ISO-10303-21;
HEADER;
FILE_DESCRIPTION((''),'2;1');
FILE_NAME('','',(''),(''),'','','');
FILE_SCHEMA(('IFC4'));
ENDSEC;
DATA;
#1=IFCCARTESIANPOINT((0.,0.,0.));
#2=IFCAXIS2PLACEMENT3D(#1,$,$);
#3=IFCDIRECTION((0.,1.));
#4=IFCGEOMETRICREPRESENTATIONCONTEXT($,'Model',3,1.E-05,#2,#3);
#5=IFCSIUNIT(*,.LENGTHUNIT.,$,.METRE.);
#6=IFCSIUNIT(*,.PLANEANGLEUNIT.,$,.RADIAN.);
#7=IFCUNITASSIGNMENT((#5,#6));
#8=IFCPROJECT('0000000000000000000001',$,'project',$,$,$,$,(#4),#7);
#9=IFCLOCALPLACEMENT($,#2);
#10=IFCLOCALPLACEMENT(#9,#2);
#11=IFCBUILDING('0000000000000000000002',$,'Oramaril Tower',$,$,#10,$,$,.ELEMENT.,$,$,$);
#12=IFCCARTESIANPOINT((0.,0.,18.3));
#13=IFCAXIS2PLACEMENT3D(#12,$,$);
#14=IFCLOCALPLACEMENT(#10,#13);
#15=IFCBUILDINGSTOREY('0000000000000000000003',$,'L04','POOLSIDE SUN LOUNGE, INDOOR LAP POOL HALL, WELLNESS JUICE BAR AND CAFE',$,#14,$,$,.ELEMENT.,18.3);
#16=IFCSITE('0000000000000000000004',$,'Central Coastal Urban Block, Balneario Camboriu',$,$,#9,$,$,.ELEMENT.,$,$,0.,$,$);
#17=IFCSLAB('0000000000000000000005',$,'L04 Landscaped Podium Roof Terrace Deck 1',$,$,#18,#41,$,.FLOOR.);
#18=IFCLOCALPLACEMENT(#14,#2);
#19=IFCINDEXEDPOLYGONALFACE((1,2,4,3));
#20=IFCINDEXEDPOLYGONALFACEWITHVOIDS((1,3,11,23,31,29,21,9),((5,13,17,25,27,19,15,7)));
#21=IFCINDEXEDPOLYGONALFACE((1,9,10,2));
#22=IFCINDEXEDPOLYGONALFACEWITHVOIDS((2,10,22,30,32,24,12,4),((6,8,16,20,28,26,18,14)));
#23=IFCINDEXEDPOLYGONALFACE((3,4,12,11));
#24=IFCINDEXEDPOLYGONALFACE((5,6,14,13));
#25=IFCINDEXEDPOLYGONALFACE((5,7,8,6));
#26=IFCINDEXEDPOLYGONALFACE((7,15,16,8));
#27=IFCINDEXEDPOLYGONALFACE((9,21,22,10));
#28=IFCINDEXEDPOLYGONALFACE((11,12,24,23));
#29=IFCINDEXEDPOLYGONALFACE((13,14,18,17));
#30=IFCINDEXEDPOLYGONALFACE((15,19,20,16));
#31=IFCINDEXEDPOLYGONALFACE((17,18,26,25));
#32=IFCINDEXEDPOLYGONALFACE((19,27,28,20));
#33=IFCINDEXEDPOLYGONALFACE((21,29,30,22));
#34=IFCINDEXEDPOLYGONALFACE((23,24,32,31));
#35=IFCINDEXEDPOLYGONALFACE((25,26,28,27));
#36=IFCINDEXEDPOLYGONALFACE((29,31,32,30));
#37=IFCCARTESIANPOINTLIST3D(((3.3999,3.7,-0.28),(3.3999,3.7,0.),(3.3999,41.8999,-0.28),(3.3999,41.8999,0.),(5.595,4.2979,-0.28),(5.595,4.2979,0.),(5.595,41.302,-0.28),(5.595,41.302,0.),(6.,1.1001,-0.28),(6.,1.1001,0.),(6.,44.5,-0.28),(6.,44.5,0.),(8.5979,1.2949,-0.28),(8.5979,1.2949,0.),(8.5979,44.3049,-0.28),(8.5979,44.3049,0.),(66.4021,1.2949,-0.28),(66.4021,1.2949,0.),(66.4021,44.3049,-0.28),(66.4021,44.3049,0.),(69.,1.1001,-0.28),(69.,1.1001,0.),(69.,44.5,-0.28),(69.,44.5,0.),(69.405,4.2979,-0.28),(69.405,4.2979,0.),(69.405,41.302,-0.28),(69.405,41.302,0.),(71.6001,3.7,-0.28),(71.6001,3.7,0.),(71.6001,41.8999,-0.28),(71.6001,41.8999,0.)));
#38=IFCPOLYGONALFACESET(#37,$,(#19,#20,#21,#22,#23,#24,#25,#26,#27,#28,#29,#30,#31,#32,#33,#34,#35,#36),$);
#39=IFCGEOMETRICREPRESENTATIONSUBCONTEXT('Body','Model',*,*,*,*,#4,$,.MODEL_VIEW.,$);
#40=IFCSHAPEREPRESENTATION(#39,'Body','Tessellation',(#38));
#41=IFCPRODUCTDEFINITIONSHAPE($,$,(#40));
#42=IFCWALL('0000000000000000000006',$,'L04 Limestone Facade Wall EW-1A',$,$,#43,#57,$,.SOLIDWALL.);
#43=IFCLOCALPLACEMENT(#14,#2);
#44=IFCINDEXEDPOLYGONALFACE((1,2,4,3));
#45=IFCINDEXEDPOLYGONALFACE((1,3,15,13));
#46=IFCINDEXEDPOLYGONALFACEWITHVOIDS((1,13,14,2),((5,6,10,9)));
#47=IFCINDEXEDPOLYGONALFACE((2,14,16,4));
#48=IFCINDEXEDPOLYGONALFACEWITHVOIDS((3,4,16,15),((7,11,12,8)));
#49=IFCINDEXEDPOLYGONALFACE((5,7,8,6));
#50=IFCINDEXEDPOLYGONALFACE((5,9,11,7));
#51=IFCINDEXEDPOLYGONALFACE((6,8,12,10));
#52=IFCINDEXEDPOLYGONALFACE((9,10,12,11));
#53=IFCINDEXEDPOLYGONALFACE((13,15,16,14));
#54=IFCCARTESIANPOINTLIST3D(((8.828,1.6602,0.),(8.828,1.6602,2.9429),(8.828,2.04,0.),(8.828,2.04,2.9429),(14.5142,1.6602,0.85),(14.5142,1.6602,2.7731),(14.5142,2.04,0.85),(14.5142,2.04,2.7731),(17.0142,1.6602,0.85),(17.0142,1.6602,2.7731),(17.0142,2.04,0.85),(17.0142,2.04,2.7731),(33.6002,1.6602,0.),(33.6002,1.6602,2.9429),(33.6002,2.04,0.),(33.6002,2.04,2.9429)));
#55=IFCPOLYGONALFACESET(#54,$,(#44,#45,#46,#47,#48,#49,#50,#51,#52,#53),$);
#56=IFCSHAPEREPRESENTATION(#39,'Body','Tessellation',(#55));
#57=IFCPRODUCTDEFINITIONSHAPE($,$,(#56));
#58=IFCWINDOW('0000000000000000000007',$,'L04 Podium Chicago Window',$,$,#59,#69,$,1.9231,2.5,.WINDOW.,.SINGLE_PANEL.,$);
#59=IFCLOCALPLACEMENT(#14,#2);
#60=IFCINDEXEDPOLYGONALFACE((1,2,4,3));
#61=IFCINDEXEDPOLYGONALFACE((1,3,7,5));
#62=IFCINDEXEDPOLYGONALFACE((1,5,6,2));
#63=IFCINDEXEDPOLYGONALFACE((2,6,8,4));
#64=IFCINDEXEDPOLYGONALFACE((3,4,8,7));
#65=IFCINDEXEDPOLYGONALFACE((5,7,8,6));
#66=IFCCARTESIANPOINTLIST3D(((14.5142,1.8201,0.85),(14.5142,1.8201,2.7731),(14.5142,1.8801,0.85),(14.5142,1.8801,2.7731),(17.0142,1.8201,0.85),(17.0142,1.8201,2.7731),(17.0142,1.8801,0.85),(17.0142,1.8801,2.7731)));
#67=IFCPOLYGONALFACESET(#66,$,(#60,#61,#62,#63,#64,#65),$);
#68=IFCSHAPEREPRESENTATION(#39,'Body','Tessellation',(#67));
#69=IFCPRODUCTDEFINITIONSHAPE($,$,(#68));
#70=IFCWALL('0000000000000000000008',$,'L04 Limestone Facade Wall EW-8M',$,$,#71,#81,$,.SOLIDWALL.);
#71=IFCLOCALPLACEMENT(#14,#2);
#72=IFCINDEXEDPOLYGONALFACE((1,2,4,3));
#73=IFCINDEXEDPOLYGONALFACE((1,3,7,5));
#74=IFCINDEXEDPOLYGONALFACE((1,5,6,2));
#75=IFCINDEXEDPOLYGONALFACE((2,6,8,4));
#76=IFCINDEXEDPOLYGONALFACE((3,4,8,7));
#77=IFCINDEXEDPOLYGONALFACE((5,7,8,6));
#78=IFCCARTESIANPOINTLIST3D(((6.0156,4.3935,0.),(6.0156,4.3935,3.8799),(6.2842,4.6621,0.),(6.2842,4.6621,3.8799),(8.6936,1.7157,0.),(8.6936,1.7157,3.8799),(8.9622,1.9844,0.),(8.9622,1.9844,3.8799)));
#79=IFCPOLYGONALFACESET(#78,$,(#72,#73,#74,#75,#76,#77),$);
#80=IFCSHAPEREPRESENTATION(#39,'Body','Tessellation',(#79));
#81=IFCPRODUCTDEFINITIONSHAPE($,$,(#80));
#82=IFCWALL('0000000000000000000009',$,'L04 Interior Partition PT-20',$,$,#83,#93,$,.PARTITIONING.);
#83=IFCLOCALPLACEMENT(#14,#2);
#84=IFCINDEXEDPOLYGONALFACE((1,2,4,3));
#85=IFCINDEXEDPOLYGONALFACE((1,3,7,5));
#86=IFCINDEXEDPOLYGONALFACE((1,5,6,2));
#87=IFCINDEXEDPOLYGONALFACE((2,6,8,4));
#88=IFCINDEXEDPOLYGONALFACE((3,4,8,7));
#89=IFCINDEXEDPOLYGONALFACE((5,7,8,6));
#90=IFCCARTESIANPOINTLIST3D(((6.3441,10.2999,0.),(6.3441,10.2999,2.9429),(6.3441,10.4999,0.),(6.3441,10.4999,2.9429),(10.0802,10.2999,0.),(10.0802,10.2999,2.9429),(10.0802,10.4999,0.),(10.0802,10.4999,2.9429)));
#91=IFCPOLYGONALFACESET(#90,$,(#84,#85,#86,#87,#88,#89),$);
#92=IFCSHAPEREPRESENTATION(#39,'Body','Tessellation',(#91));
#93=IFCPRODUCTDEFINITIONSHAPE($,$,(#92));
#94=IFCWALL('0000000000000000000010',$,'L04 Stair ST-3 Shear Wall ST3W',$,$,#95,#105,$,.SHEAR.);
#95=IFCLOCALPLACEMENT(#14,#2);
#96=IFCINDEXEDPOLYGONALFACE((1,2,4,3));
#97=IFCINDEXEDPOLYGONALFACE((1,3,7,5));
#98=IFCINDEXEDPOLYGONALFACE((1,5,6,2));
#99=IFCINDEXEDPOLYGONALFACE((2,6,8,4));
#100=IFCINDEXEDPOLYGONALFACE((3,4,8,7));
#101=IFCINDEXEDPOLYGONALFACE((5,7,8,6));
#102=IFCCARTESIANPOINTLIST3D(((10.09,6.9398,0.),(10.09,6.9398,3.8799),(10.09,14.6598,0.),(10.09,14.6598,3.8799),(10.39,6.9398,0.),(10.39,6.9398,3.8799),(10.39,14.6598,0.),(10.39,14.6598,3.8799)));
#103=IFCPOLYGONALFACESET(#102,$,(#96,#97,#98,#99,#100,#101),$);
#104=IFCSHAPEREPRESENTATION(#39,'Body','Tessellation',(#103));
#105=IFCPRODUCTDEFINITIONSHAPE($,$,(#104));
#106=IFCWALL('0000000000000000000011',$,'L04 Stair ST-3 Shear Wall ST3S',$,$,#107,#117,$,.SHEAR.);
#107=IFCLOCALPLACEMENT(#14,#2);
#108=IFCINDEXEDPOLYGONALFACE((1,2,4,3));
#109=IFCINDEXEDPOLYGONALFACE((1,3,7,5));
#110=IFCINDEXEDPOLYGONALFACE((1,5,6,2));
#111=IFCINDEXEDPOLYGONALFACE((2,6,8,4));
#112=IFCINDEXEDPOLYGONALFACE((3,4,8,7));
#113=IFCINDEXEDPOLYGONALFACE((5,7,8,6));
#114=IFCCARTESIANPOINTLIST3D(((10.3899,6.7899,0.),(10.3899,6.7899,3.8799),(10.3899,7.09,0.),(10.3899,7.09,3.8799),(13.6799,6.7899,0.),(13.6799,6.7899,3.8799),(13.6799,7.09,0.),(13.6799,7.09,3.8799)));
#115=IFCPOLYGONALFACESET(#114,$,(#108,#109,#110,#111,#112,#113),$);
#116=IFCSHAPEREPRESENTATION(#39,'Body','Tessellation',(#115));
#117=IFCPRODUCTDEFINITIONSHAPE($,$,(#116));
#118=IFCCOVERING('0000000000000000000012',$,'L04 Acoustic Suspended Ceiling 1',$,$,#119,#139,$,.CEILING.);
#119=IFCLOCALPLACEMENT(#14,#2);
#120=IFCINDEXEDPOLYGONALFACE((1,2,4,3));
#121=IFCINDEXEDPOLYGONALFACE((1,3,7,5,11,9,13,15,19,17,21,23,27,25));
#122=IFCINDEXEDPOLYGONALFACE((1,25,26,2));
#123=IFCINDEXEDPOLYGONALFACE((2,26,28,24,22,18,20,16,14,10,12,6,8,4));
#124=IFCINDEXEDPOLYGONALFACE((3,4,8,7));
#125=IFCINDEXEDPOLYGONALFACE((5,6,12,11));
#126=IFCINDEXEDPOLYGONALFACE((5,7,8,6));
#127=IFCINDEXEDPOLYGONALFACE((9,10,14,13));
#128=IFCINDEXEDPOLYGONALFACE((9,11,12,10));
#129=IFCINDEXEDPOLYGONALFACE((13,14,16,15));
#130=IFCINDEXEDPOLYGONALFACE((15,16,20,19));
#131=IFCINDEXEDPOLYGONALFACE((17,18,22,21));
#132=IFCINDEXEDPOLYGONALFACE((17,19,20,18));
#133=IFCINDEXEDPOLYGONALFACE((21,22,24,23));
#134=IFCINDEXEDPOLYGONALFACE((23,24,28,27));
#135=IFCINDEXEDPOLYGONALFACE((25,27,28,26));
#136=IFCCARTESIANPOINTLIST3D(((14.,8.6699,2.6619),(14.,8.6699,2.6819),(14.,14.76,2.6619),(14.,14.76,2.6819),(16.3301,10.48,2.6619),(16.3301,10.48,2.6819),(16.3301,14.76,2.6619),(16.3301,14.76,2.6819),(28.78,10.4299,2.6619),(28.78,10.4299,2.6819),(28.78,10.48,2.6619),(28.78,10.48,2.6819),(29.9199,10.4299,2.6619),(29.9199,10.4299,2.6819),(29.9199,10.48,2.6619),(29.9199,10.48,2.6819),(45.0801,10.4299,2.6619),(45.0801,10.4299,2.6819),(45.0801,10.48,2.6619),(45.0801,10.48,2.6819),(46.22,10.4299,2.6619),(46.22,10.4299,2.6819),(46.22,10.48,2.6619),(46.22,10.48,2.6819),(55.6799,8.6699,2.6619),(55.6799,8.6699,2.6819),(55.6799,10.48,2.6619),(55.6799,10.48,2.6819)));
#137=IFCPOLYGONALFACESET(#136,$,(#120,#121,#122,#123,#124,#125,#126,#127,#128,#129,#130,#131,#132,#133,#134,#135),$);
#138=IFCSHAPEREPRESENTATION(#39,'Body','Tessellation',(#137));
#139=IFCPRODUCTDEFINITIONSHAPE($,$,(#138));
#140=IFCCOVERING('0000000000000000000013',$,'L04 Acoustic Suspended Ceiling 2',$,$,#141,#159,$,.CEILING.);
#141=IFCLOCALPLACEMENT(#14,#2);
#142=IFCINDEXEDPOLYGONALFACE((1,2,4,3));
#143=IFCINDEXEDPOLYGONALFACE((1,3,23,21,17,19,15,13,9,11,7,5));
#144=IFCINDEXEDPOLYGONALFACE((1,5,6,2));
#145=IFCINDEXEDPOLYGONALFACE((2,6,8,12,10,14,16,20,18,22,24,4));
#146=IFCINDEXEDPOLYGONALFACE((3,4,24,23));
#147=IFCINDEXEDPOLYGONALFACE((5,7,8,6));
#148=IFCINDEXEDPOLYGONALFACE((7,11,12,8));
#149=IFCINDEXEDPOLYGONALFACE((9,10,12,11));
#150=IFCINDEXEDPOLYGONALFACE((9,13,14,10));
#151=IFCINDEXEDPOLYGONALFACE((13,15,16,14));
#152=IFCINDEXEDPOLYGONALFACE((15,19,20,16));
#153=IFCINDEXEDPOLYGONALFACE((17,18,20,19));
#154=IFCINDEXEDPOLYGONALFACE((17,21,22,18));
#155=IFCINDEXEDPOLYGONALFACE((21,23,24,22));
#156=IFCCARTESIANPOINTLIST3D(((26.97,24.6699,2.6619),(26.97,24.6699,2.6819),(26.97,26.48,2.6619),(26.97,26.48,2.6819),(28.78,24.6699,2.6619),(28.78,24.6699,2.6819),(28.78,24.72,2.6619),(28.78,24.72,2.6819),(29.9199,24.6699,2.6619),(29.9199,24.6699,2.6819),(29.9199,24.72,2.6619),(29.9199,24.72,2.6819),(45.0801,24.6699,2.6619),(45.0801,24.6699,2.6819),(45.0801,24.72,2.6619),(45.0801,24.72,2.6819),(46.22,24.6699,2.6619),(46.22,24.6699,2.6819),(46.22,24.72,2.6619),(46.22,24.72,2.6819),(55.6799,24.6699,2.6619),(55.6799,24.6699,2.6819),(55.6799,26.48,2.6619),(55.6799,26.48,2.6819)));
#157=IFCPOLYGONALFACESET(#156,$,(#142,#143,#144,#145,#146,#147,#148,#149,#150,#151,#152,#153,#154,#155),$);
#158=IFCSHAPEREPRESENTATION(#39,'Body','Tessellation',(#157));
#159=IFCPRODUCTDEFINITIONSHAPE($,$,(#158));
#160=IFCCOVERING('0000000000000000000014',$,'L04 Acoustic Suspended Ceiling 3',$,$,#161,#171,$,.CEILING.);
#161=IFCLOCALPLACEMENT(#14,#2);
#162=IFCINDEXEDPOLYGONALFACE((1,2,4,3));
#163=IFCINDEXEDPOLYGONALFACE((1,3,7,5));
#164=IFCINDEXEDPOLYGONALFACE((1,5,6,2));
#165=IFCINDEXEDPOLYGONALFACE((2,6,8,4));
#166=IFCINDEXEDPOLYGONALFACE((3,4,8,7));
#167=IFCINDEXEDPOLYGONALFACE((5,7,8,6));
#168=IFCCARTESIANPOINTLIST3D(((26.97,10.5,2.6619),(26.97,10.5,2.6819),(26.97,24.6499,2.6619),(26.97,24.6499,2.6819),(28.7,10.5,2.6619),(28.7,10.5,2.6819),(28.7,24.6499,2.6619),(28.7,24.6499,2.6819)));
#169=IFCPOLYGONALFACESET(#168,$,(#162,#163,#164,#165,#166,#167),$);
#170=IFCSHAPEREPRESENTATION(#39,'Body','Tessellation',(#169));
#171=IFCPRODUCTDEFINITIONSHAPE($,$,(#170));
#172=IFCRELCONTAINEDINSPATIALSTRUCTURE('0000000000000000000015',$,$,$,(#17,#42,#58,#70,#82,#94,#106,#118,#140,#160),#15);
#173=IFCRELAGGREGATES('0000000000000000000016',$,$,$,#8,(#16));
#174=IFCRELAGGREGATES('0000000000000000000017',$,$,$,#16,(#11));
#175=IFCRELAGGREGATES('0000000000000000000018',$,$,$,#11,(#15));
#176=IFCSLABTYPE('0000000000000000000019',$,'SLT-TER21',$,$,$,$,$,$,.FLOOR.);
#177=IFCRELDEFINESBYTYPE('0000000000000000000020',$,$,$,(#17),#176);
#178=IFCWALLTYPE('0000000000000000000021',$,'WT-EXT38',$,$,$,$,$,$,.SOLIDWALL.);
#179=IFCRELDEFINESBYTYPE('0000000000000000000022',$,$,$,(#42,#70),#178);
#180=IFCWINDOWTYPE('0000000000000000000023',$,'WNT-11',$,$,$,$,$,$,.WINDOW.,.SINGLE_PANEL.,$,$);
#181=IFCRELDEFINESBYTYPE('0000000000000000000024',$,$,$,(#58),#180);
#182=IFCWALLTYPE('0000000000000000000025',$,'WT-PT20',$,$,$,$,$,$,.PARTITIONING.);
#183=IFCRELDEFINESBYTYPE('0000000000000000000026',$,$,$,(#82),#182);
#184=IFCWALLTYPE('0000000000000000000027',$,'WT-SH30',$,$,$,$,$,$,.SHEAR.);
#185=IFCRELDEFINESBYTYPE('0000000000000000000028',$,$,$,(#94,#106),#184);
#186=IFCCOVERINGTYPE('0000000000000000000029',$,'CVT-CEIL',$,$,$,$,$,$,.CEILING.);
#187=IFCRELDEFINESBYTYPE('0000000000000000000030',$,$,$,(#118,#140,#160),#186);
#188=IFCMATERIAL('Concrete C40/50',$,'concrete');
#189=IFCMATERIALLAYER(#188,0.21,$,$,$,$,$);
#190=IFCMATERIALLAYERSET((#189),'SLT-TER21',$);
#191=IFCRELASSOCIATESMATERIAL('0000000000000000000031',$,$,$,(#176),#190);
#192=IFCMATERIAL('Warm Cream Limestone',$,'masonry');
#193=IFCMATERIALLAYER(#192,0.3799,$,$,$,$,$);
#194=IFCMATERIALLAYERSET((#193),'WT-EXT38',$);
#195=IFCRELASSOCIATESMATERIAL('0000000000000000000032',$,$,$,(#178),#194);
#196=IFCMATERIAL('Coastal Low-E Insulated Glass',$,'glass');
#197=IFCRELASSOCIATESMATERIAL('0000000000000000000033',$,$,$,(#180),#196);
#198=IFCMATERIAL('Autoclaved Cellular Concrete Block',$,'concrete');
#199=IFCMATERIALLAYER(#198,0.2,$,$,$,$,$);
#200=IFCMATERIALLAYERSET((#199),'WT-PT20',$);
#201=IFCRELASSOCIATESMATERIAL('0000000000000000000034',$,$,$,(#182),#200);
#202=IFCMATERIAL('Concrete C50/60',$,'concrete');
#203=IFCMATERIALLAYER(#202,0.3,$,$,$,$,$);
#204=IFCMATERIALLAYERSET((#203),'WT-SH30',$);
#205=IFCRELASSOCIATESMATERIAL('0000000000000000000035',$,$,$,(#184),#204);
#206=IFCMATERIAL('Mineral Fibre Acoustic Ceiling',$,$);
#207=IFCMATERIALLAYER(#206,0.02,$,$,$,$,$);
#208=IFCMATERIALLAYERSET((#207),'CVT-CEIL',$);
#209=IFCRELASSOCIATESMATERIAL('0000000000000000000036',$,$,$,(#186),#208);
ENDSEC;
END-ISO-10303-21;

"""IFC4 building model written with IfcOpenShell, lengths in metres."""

from ifc_helpers import new_model, si_unit, direction, frame, frame_2d, origin, place, context, subcontext, project, spatial, polyline, rectangle, outline, extrude, material, layer, layer_set, type_object, element, fill, save


model = new_model("IFC4")

# Units and contexts
model_context = context("Model", 3, precision=1e-05, world=origin(), true_north=direction((0.0, 1.0)))
body_context = subcontext(model_context, "Body", "Model", "MODEL_VIEW")
ifc_project = project(units=[si_unit("LENGTHUNIT", "METRE"), si_unit("PLANEANGLEUNIT", "RADIAN")], contexts=[model_context])

# Site, building, storey
site_placement = place(None, origin())
site = spatial("IfcSite", under=ifc_project, at=site_placement, Name="Central Coastal Urban Block, Balneario Camboriu", CompositionType="ELEMENT", RefElevation=0.0)
building_placement = place(site_placement, origin())
building = spatial("IfcBuilding", under=site, at=building_placement, Name="Oramaril Tower", CompositionType="ELEMENT")
storey_placement = place(building_placement, frame((0.0, 0.0, 18.3)))
storey = spatial("IfcBuildingStorey", under=building, at=storey_placement, Name="L04", Description="POOLSIDE SUN LOUNGE, INDOOR LAP POOL HALL, WELLNESS JUICE BAR AND CAFE", CompositionType="ELEMENT", Elevation=18.3)

# Slab
ifc_material_1 = material(Name="Concrete C40/50", Category="concrete")
ifc_layer_1 = layer(ifc_material_1, 0.21)
ifc_layer_set_1 = layer_set([ifc_layer_1], Name="SLT-TER21")
slab_type_1 = type_object("IfcSlabType", Name="SLT-TER21", PredefinedType="FLOOR", material=ifc_layer_set_1)
slab_1_placement = place(storey_placement, frame((0.0, 0.0, -0.28)))
element("IfcSlab", 1, at=slab_1_placement, inside=storey, type_object=slab_type_1, Name="L04 Landscaped Podium Roof Terrace Deck 1", PredefinedType="FLOOR", context=body_context, shape_type="SweptSolid", body=[
    extrude(outline(polyline([(3.3999, 3.7), (3.3999, 41.8999), (6.0, 44.5), (69.0, 44.5), (71.6001, 41.8999), (71.6001, 3.7), (69.0, 1.1001), (6.0, 1.1001), (3.3999, 3.7)]), holes=[polyline([(66.4021, 1.2949), (69.405, 4.2979), (69.405, 41.302), (66.4021, 44.3049), (8.5979, 44.3049), (5.595, 41.302), (5.595, 4.2979), (8.5979, 1.2949), (66.4021, 1.2949)])]), origin(), (0.0, 0.0, 1.0), 0.28),
])

# Wall, opening, window
ifc_material_2 = material(Name="Warm Cream Limestone", Category="masonry")
ifc_layer_2 = layer(ifc_material_2, 0.3799)
ifc_layer_set_2 = layer_set([ifc_layer_2], Name="WT-EXT38")
wall_type_1 = type_object("IfcWallType", Name="WT-EXT38", PredefinedType="SOLIDWALL", material=ifc_layer_set_2)
wall_1_placement = place(storey_placement, frame((8.8279, 1.8501, 0.0), z_axis=(0.0, 0.0, 1.0), x_axis=(1.0, 0.0, 0.0)))
wall_1 = element("IfcWall", 2, at=wall_1_placement, inside=storey, type_object=wall_type_1, Name="L04 Limestone Facade Wall EW-1A", PredefinedType="SOLIDWALL", context=body_context, shape_type="SweptSolid", body=[
    extrude(rectangle(XDim=24.7722, YDim=0.3799, at=frame_2d((12.3862, 0.0))), origin(), (0.0, 0.0, 1.0), 2.9429),
])
opening_placement = place(wall_1_placement, frame((5.6863, 0.0, 0.8501)))
opening = element("IfcOpeningElement", 3, at=opening_placement, cuts=wall_1, PredefinedType="OPENING", context=body_context, shape_type="SweptSolid", body=[
    extrude(rectangle(XDim=2.5, YDim=1.9231, at=frame_2d((1.25, 0.9614))), frame((0.0, 0.1899, 0.0), z_axis=(0.0, -1.0, 0.0), x_axis=(1.0, 0.0, 0.0)), (0.0, 0.0, 1.0), 0.3799),
])
ifc_material_3 = material(Name="Coastal Low-E Insulated Glass", Category="glass")
window_type = type_object("IfcWindowType", Name="WNT-11", PartitioningType="SINGLE_PANEL", PredefinedType="WINDOW", material=ifc_material_3)
window_placement = place(opening_placement, origin())
window = element("IfcWindow", 4, at=window_placement, inside=storey, type_object=window_type, Name="L04 Podium Chicago Window", OverallHeight=1.9231, OverallWidth=2.5, PartitioningType="SINGLE_PANEL", PredefinedType="WINDOW", context=body_context, shape_type="SweptSolid", body=[
    extrude(rectangle(XDim=2.5, YDim=1.9231, at=frame_2d((1.25, 0.9614))), frame((0.0, 0.03, 0.0), z_axis=(0.0, -1.0, 0.0), x_axis=(1.0, 0.0, 0.0)), (0.0, 0.0, 1.0), 0.0601),
])
fill(opening, window)

# Walls
wall_2_placement = place(storey_placement, frame((6.1499, 4.5278, 0.0), z_axis=(0.0, 0.0, 1.0), x_axis=(0.707139, -0.707075, 0.0)))
element("IfcWall", 5, at=wall_2_placement, inside=storey, type_object=wall_type_1, Name="L04 Limestone Facade Wall EW-8M", PredefinedType="SOLIDWALL", context=body_context, shape_type="SweptSolid", body=[
    extrude(rectangle(XDim=3.7871, YDim=0.3799, at=frame_2d((1.8936, 0.0))), origin(), (0.0, 0.0, 1.0), 3.8799),
])
ifc_material_4 = material(Name="Autoclaved Cellular Concrete Block", Category="concrete")
ifc_layer_3 = layer(ifc_material_4, 0.2)
ifc_layer_set_3 = layer_set([ifc_layer_3], Name="WT-PT20")
wall_type_2 = type_object("IfcWallType", Name="WT-PT20", PredefinedType="PARTITIONING", material=ifc_layer_set_3)
wall_3_placement = place(storey_placement, frame((6.344, 10.3999, 0.0), z_axis=(0.0, 0.0, 1.0), x_axis=(1.0, 0.0, 0.0)))
element("IfcWall", 6, at=wall_3_placement, inside=storey, type_object=wall_type_2, Name="L04 Interior Partition PT-20", PredefinedType="PARTITIONING", context=body_context, shape_type="SweptSolid", body=[
    extrude(rectangle(XDim=3.7361, YDim=0.2, at=frame_2d((1.8682, 0.0))), origin(), (0.0, 0.0, 1.0), 2.9429),
])
ifc_material_5 = material(Name="Concrete C50/60", Category="concrete")
ifc_layer_4 = layer(ifc_material_5, 0.3)
ifc_layer_set_4 = layer_set([ifc_layer_4], Name="WT-SH30")
wall_type_3 = type_object("IfcWallType", Name="WT-SH30", PredefinedType="SHEAR", material=ifc_layer_set_4)
wall_4_placement = place(storey_placement, frame((10.24, 6.9399, 0.0), z_axis=(0.0, 0.0, 1.0), x_axis=(0.0, 1.0, 0.0)))
element("IfcWall", 7, at=wall_4_placement, inside=storey, type_object=wall_type_3, Name="L04 Stair ST-3 Shear Wall ST3W", PredefinedType="SHEAR", context=body_context, shape_type="SweptSolid", body=[
    extrude(rectangle(XDim=7.72, YDim=0.3, at=frame_2d((3.8599, 0.0))), origin(), (0.0, 0.0, 1.0), 3.8799),
])
wall_5_placement = place(storey_placement, frame((10.3899, 6.9399, 0.0), z_axis=(0.0, 0.0, 1.0), x_axis=(1.0, 0.0, 0.0)))
element("IfcWall", 8, at=wall_5_placement, inside=storey, type_object=wall_type_3, Name="L04 Stair ST-3 Shear Wall ST3S", PredefinedType="SHEAR", context=body_context, shape_type="SweptSolid", body=[
    extrude(rectangle(XDim=3.29, YDim=0.3, at=frame_2d((1.645, 0.0))), origin(), (0.0, 0.0, 1.0), 3.8799),
])

# Coverings
ifc_material_6 = material(Name="Mineral Fibre Acoustic Ceiling")
ifc_layer_5 = layer(ifc_material_6, 0.02)
ifc_layer_set_5 = layer_set([ifc_layer_5], Name="CVT-CEIL")
covering_type_1 = type_object("IfcCoveringType", Name="CVT-CEIL", PredefinedType="CEILING", material=ifc_layer_set_5)
covering_1_placement = place(storey_placement, frame((0.0, 0.0, 2.6619)))
element("IfcCovering", 9, at=covering_1_placement, inside=storey, type_object=covering_type_1, Name="L04 Acoustic Suspended Ceiling 1", PredefinedType="CEILING", context=body_context, shape_type="SweptSolid", body=[
    extrude(outline(polyline([(28.78, 10.48), (28.78, 10.4299), (29.9199, 10.4299), (29.9199, 10.48), (45.0801, 10.48), (45.0801, 10.4299), (46.22, 10.4299), (46.22, 10.48), (55.6799, 10.48), (55.6799, 8.6699), (14.0, 8.6699), (14.0, 14.76), (16.3301, 14.76), (16.3301, 10.48), (28.78, 10.48)])), origin(), (0.0, 0.0, 1.0), 0.02),
])
covering_2_placement = place(storey_placement, frame((0.0, 0.0, 2.6619)))
element("IfcCovering", 10, at=covering_2_placement, inside=storey, type_object=covering_type_1, Name="L04 Acoustic Suspended Ceiling 2", PredefinedType="CEILING", context=body_context, shape_type="SweptSolid", body=[
    extrude(outline(polyline([(55.6799, 26.48), (55.6799, 24.6699), (46.22, 24.6699), (46.22, 24.72), (45.0801, 24.72), (45.0801, 24.6699), (29.9199, 24.6699), (29.9199, 24.72), (28.78, 24.72), (28.78, 24.6699), (26.97, 24.6699), (26.97, 26.48), (55.6799, 26.48)])), origin(), (0.0, 0.0, 1.0), 0.02),
])
covering_3_placement = place(storey_placement, frame((0.0, 0.0, 2.6619)))
element("IfcCovering", 11, at=covering_3_placement, inside=storey, type_object=covering_type_1, Name="L04 Acoustic Suspended Ceiling 3", PredefinedType="CEILING", context=body_context, shape_type="SweptSolid", body=[
    extrude(outline(polyline([(28.7, 10.5), (26.97, 10.5), (26.97, 24.6499), (28.7, 24.6499), (28.7, 10.5)])), origin(), (0.0, 0.0, 1.0), 0.02),
])

save(model, "model.ifc")
